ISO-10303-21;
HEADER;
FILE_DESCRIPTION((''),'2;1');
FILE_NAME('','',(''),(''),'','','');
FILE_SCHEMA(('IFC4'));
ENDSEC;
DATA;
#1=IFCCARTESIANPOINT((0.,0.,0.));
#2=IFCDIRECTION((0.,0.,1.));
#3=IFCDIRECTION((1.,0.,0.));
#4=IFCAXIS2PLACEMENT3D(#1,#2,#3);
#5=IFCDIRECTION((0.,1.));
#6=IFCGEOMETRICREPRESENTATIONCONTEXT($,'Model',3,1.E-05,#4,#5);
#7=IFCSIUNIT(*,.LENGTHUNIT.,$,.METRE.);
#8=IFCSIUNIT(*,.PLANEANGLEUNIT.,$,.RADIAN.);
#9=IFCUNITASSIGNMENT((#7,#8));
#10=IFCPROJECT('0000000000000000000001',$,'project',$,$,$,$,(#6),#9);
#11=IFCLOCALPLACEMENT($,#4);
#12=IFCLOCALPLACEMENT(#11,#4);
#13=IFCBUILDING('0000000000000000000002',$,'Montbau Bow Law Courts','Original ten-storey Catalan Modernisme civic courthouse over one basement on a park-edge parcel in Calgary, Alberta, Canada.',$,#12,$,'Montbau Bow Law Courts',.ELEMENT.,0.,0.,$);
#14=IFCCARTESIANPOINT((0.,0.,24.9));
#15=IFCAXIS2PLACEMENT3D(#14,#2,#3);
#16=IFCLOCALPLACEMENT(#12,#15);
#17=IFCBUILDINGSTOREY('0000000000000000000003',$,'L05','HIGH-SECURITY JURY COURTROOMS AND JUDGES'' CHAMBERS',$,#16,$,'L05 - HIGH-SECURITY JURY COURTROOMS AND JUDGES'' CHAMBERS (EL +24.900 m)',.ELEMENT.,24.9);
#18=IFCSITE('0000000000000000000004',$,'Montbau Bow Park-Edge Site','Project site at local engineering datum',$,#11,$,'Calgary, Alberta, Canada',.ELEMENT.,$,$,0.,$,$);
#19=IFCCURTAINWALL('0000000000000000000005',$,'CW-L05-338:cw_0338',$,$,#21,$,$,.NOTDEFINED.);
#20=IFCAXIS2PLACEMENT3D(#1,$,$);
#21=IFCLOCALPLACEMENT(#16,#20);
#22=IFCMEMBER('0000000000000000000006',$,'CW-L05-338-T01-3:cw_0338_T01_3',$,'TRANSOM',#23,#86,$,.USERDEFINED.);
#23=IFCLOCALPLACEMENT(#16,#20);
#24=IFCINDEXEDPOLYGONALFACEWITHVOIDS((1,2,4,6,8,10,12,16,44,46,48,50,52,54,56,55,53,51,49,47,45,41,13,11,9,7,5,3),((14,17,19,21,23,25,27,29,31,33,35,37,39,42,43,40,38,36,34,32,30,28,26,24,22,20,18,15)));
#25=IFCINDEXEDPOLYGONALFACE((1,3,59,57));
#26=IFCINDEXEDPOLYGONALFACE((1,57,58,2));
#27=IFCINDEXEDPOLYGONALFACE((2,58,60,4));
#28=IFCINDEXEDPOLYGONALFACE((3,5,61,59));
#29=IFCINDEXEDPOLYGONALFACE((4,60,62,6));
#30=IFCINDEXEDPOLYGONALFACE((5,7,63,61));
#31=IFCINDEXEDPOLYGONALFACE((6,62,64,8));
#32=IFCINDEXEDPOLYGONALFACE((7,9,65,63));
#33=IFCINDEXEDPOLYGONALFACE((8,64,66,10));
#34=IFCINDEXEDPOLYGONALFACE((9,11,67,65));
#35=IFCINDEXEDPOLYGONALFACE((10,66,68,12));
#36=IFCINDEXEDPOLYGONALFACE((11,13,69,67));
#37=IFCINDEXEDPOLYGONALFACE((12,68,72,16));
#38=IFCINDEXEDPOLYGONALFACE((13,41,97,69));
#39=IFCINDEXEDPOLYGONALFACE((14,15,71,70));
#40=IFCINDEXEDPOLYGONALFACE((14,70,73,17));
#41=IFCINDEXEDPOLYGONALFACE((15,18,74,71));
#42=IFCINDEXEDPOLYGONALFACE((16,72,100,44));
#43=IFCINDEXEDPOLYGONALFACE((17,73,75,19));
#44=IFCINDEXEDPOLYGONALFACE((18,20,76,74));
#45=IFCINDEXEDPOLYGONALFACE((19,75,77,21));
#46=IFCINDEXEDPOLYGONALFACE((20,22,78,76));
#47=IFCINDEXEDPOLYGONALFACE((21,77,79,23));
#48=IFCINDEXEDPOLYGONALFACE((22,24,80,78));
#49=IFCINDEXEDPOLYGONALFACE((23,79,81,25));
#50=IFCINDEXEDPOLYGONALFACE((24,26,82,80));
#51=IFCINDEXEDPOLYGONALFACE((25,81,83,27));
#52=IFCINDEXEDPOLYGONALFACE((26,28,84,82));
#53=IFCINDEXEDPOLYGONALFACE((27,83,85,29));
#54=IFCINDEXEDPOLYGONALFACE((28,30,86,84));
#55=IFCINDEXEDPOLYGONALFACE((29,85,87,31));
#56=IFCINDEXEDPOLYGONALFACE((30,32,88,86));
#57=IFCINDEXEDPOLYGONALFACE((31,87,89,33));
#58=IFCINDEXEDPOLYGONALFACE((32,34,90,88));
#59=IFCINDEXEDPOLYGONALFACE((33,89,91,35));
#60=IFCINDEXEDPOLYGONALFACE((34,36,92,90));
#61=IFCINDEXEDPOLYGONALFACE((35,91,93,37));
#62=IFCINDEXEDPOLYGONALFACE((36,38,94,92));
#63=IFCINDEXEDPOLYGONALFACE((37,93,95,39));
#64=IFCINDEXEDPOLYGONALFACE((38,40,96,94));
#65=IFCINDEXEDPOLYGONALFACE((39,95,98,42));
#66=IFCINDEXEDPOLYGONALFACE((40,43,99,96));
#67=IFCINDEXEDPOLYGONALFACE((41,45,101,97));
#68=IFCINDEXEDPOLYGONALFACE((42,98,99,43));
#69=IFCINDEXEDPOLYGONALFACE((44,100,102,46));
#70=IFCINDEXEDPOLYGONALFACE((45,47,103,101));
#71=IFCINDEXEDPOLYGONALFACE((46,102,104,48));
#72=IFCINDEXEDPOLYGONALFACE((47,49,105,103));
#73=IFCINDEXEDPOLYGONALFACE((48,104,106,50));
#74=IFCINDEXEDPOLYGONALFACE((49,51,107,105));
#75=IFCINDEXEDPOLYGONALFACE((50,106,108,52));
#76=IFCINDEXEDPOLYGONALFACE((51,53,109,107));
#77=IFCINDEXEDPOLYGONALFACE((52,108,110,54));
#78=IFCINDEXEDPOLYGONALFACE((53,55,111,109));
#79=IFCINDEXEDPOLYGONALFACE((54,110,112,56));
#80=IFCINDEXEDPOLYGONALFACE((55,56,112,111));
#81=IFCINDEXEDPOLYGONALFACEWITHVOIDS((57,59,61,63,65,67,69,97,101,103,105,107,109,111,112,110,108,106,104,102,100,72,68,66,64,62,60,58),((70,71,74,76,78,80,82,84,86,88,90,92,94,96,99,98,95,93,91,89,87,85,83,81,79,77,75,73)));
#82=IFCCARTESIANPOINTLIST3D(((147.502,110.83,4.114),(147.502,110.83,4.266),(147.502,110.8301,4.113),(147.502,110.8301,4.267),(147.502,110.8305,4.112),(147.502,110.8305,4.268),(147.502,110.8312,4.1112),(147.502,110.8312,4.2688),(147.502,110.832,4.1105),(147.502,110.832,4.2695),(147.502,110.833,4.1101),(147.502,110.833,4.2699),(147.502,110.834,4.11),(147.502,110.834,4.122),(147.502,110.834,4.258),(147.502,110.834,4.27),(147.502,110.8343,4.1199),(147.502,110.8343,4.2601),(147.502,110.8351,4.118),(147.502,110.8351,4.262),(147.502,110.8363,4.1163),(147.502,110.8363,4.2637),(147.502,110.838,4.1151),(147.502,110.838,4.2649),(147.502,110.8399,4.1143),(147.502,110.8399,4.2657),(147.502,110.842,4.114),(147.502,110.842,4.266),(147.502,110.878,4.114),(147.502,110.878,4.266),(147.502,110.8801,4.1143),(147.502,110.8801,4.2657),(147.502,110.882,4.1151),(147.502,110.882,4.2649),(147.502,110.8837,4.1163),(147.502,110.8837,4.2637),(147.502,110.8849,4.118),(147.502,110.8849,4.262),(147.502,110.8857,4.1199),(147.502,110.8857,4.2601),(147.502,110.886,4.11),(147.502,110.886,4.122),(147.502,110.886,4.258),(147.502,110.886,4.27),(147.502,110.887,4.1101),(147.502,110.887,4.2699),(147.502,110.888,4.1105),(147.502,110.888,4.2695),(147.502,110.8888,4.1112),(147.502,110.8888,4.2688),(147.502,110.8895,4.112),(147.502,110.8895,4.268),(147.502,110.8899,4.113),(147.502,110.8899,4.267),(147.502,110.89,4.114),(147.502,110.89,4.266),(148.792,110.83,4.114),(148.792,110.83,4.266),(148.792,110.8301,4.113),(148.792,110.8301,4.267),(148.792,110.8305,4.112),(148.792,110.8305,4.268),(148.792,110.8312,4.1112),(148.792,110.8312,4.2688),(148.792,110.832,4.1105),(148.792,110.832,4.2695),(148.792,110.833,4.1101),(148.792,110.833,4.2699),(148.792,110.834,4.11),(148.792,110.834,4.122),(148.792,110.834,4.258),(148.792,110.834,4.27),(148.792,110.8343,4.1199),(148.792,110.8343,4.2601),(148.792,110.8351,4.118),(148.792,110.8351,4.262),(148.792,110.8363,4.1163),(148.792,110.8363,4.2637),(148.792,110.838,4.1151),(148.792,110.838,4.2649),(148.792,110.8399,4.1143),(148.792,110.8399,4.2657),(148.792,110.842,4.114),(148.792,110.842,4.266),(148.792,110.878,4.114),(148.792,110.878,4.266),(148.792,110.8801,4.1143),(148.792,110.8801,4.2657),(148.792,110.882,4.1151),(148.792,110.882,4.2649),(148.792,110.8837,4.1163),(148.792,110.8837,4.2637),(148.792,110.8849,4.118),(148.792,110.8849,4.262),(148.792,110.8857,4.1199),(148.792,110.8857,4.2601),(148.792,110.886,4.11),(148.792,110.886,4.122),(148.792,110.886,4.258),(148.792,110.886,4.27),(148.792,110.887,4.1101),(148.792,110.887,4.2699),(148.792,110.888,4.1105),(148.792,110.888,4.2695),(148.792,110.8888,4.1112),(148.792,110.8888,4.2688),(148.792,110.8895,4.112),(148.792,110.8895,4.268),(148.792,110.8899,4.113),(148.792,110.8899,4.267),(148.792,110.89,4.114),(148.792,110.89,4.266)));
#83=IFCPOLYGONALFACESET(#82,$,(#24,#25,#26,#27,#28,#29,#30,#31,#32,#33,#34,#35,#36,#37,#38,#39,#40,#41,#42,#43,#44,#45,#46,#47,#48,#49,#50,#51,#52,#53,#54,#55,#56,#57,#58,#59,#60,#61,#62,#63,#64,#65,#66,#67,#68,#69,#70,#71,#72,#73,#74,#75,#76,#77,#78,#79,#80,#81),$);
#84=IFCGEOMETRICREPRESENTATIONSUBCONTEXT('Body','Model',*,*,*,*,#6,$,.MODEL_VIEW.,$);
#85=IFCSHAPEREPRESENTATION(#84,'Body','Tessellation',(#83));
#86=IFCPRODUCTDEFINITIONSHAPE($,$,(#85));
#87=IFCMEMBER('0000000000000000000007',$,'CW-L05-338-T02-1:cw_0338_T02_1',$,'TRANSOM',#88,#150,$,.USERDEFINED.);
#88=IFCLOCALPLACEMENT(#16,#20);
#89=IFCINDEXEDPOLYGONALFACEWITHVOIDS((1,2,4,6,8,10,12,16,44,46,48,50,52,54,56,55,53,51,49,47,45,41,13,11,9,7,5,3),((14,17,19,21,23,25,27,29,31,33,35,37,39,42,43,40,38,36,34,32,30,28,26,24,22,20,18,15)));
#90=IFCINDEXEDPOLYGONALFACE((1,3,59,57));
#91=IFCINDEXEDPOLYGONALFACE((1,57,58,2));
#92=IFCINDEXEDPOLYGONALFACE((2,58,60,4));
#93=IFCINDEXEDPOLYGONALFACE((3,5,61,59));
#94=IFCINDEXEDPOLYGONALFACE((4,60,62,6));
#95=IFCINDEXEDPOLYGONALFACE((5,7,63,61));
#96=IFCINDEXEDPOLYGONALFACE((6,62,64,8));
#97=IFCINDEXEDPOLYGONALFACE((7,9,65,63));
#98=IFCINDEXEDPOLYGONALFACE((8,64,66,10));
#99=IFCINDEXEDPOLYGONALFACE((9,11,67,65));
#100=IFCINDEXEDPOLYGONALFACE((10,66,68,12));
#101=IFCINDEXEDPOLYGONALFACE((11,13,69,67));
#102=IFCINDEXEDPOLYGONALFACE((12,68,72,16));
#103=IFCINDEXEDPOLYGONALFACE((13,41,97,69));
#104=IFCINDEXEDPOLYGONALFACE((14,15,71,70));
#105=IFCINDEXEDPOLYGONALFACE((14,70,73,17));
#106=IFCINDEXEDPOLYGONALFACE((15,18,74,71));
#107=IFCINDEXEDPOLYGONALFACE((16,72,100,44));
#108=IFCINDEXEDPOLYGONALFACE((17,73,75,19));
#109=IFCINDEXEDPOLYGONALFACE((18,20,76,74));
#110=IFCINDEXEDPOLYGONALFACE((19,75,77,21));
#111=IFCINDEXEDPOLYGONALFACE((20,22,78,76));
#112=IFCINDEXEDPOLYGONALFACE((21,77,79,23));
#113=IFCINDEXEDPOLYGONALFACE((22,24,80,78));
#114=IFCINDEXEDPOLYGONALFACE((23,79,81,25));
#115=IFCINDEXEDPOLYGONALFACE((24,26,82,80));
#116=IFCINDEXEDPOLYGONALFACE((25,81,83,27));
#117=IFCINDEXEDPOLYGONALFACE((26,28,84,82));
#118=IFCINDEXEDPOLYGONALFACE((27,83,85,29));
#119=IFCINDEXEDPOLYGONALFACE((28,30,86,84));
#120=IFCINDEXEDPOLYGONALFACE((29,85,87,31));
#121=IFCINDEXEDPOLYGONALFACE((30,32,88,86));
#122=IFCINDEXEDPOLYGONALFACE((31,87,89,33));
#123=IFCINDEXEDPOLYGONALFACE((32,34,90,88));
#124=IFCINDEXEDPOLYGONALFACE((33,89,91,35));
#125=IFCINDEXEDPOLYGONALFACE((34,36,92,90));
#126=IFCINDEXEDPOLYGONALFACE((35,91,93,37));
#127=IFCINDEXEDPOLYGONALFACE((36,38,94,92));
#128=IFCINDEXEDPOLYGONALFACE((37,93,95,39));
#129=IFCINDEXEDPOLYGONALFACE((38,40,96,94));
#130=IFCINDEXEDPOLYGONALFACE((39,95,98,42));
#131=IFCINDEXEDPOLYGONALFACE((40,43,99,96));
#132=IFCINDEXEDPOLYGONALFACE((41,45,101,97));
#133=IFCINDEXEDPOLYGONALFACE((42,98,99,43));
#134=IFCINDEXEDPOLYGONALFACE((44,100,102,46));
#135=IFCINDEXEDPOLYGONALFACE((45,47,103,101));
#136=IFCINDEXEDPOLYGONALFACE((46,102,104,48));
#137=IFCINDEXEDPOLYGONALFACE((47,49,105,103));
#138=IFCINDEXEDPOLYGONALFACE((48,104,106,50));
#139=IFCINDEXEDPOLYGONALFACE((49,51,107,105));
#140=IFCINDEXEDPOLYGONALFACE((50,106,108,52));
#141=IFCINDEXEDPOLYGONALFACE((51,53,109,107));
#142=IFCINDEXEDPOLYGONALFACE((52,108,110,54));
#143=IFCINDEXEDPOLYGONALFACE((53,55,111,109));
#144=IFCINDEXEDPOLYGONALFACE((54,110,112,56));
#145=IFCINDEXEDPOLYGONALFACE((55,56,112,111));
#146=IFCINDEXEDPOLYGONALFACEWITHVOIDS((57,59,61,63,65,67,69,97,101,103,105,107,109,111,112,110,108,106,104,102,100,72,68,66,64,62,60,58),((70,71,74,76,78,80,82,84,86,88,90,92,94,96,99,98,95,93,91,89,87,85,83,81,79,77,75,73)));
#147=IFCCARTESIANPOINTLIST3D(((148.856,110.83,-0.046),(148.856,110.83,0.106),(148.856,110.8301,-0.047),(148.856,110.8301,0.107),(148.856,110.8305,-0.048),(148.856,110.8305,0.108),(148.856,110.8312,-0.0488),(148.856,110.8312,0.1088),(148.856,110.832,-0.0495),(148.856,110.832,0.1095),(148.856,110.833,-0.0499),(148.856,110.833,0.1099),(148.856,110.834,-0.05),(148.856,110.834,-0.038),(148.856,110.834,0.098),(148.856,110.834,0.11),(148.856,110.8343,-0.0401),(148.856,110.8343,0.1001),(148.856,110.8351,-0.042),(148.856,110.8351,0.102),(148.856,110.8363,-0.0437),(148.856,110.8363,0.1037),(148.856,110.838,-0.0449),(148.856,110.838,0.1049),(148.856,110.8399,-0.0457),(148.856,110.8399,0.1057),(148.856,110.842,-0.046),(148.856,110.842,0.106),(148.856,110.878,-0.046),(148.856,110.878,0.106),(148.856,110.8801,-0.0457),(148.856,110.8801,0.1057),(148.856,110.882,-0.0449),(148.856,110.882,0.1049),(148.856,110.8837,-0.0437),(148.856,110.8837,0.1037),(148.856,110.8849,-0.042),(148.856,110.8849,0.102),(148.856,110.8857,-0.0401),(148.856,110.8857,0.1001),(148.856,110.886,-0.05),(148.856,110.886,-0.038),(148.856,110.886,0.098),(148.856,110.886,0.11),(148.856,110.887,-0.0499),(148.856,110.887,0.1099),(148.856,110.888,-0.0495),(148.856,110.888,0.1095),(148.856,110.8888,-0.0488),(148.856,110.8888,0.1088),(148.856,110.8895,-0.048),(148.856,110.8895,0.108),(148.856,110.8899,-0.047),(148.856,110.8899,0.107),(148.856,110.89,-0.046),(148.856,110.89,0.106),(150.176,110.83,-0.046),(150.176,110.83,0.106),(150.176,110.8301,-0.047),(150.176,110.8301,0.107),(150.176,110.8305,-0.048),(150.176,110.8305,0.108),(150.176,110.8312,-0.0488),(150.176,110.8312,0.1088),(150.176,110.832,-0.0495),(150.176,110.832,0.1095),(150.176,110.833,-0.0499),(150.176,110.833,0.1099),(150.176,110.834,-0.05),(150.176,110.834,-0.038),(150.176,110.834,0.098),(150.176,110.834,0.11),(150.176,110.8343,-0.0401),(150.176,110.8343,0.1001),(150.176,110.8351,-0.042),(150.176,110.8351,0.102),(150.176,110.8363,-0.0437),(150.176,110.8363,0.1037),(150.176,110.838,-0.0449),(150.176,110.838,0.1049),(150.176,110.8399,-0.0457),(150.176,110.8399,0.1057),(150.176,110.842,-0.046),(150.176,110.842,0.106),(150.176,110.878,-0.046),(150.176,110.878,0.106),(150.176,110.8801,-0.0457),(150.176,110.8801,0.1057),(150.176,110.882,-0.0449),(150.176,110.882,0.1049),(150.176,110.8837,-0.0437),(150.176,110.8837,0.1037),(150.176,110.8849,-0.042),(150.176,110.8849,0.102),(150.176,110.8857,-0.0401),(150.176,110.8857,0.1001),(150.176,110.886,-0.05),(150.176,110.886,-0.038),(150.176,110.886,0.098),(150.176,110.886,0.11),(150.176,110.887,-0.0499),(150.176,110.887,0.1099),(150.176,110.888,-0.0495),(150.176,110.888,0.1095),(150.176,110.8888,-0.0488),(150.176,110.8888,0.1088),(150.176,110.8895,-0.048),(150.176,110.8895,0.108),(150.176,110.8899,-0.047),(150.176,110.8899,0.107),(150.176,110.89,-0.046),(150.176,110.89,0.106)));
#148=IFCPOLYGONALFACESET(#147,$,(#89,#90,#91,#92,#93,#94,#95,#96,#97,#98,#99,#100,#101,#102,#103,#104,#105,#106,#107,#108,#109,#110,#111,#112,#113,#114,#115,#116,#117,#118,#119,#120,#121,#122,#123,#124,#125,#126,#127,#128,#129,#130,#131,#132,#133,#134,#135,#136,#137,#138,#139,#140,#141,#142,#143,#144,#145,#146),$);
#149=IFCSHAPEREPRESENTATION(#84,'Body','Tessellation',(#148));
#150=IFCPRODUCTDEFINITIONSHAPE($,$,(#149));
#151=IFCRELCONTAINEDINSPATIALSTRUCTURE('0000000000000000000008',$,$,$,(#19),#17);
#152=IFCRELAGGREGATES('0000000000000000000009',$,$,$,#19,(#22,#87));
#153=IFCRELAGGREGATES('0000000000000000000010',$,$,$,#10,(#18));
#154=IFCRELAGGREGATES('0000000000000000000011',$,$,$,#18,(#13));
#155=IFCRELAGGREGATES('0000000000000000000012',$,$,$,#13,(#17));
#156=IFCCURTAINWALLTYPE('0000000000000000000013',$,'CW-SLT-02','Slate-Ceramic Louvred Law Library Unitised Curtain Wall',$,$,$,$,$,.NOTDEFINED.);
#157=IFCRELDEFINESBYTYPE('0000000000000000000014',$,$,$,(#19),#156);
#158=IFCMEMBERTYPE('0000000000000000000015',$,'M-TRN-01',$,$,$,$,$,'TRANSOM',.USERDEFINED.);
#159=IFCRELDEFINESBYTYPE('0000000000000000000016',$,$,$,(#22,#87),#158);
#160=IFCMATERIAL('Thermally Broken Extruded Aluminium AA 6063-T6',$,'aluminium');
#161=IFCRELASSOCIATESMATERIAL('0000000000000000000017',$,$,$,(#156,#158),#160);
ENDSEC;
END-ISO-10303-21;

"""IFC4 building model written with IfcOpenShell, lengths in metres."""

from ifc_helpers import new_model, si_unit, direction, frame, origin_with_axes, origin_2d_with_axis, place, context, subcontext, project, spatial, hollow_rectangle, extrude, material, material_profile, profile_set, type_object, element, aggregate, save


model = new_model("IFC4")

# Units and contexts
model_context = context("Model", 3, precision=1e-05, world=origin_with_axes(), true_north=direction((0.0, 1.0)))
body_context = subcontext(model_context, "Body", "Model", "MODEL_VIEW")
ifc_project = project(units=[si_unit("LENGTHUNIT", "METRE"), si_unit("PLANEANGLEUNIT", "RADIAN")], contexts=[model_context])

# Site, building, storey
site_placement = place(None, origin_with_axes())
site = spatial("IfcSite", under=ifc_project, at=site_placement, Name="Montbau Bow Park-Edge Site", Description="Project site at local engineering datum", LongName="Calgary, Alberta, Canada", CompositionType="ELEMENT", RefElevation=0.0)
building_placement = place(site_placement, origin_with_axes())
building = spatial("IfcBuilding", under=site, at=building_placement, Name="Montbau Bow Law Courts", Description="Original ten-storey Catalan Modernisme civic courthouse over one basement on a park-edge parcel in Calgary, Alberta, Canada.", LongName="Montbau Bow Law Courts", CompositionType="ELEMENT", ElevationOfRefHeight=0.0, ElevationOfTerrain=0.0)
storey_placement = place(building_placement, frame((0.0, 0.0, 24.9), z_axis=(0.0, 0.0, 1.0), x_axis=(1.0, 0.0, 0.0)))
storey = spatial("IfcBuildingStorey", under=building, at=storey_placement, Name="L05", Description="HIGH-SECURITY JURY COURTROOMS AND JUDGES' CHAMBERS", LongName="L05 - HIGH-SECURITY JURY COURTROOMS AND JUDGES' CHAMBERS (EL +24.900 m)", CompositionType="ELEMENT", Elevation=24.9)

# Curtain wall, members
ifc_material_1 = material(Name="Thermally Broken Extruded Aluminium AA 6063-T6", Category="aluminium")
curtain_wall_type = type_object("IfcCurtainWallType", Name="CW-SLT-02", Description="Slate-Ceramic Louvred Law Library Unitised Curtain Wall", PredefinedType="NOTDEFINED", material=ifc_material_1)
curtain_wall_placement = place(None, frame((147.44, 110.86, 24.9), z_axis=(0.0, 0.0, 1.0), x_axis=(1.0, 0.0, 0.0)))
curtain_wall = element("IfcCurtainWall", 1, at=curtain_wall_placement, inside=storey, type_object=curtain_wall_type, Name="CW-L05-338:cw_0338", PredefinedType="NOTDEFINED")
ifc_material_profile_1 = material_profile(ifc_material_1, hollow_rectangle(XDim=0.06, YDim=0.16, WallThickness=0.004, InnerFilletRadius=0.008, OuterFilletRadius=0.004, at=origin_2d_with_axis()), Name="CWT-160X60", Category="Main", Priority=0)
ifc_profile_set_1 = profile_set([ifc_material_profile_1], Name="Thermally Broken Extruded Aluminium AA 6063-T6")
member_type_1 = type_object("IfcMemberType", Name="M-TRN-01", ElementType="TRANSOM", PredefinedType="USERDEFINED", material=ifc_profile_set_1)
member_1_placement = place(None, frame((147.502, 110.86, 29.09), z_axis=(1.0, 0.0, 0.0), x_axis=(0.0, 1.0, 0.0)))
member_1 = element("IfcMember", 2, at=member_1_placement, type_object=member_type_1, Name="CW-L05-338-T01-3:cw_0338_T01_3", ObjectType="TRANSOM", PredefinedType="USERDEFINED", context=body_context, shape_type="SweptSolid", body=[
    extrude(hollow_rectangle(XDim=0.06, YDim=0.16, WallThickness=0.004, InnerFilletRadius=0.008, OuterFilletRadius=0.004, at=origin_2d_with_axis()), origin_with_axes(), (0.0, 0.0, 1.0), 1.29),
])
member_2_placement = place(None, frame((148.856, 110.86, 24.93), z_axis=(1.0, 0.0, 0.0), x_axis=(0.0, 1.0, 0.0)))
member_2 = element("IfcMember", 3, at=member_2_placement, type_object=member_type_1, Name="CW-L05-338-T02-1:cw_0338_T02_1", ObjectType="TRANSOM", PredefinedType="USERDEFINED", context=body_context, shape_type="SweptSolid", body=[
    extrude(hollow_rectangle(XDim=0.06, YDim=0.16, WallThickness=0.004, InnerFilletRadius=0.008, OuterFilletRadius=0.004, at=origin_2d_with_axis()), origin_with_axes(), (0.0, 0.0, 1.0), 1.32),
])
aggregate(curtain_wall, [member_1, member_2])

save(model, "model.ifc")
